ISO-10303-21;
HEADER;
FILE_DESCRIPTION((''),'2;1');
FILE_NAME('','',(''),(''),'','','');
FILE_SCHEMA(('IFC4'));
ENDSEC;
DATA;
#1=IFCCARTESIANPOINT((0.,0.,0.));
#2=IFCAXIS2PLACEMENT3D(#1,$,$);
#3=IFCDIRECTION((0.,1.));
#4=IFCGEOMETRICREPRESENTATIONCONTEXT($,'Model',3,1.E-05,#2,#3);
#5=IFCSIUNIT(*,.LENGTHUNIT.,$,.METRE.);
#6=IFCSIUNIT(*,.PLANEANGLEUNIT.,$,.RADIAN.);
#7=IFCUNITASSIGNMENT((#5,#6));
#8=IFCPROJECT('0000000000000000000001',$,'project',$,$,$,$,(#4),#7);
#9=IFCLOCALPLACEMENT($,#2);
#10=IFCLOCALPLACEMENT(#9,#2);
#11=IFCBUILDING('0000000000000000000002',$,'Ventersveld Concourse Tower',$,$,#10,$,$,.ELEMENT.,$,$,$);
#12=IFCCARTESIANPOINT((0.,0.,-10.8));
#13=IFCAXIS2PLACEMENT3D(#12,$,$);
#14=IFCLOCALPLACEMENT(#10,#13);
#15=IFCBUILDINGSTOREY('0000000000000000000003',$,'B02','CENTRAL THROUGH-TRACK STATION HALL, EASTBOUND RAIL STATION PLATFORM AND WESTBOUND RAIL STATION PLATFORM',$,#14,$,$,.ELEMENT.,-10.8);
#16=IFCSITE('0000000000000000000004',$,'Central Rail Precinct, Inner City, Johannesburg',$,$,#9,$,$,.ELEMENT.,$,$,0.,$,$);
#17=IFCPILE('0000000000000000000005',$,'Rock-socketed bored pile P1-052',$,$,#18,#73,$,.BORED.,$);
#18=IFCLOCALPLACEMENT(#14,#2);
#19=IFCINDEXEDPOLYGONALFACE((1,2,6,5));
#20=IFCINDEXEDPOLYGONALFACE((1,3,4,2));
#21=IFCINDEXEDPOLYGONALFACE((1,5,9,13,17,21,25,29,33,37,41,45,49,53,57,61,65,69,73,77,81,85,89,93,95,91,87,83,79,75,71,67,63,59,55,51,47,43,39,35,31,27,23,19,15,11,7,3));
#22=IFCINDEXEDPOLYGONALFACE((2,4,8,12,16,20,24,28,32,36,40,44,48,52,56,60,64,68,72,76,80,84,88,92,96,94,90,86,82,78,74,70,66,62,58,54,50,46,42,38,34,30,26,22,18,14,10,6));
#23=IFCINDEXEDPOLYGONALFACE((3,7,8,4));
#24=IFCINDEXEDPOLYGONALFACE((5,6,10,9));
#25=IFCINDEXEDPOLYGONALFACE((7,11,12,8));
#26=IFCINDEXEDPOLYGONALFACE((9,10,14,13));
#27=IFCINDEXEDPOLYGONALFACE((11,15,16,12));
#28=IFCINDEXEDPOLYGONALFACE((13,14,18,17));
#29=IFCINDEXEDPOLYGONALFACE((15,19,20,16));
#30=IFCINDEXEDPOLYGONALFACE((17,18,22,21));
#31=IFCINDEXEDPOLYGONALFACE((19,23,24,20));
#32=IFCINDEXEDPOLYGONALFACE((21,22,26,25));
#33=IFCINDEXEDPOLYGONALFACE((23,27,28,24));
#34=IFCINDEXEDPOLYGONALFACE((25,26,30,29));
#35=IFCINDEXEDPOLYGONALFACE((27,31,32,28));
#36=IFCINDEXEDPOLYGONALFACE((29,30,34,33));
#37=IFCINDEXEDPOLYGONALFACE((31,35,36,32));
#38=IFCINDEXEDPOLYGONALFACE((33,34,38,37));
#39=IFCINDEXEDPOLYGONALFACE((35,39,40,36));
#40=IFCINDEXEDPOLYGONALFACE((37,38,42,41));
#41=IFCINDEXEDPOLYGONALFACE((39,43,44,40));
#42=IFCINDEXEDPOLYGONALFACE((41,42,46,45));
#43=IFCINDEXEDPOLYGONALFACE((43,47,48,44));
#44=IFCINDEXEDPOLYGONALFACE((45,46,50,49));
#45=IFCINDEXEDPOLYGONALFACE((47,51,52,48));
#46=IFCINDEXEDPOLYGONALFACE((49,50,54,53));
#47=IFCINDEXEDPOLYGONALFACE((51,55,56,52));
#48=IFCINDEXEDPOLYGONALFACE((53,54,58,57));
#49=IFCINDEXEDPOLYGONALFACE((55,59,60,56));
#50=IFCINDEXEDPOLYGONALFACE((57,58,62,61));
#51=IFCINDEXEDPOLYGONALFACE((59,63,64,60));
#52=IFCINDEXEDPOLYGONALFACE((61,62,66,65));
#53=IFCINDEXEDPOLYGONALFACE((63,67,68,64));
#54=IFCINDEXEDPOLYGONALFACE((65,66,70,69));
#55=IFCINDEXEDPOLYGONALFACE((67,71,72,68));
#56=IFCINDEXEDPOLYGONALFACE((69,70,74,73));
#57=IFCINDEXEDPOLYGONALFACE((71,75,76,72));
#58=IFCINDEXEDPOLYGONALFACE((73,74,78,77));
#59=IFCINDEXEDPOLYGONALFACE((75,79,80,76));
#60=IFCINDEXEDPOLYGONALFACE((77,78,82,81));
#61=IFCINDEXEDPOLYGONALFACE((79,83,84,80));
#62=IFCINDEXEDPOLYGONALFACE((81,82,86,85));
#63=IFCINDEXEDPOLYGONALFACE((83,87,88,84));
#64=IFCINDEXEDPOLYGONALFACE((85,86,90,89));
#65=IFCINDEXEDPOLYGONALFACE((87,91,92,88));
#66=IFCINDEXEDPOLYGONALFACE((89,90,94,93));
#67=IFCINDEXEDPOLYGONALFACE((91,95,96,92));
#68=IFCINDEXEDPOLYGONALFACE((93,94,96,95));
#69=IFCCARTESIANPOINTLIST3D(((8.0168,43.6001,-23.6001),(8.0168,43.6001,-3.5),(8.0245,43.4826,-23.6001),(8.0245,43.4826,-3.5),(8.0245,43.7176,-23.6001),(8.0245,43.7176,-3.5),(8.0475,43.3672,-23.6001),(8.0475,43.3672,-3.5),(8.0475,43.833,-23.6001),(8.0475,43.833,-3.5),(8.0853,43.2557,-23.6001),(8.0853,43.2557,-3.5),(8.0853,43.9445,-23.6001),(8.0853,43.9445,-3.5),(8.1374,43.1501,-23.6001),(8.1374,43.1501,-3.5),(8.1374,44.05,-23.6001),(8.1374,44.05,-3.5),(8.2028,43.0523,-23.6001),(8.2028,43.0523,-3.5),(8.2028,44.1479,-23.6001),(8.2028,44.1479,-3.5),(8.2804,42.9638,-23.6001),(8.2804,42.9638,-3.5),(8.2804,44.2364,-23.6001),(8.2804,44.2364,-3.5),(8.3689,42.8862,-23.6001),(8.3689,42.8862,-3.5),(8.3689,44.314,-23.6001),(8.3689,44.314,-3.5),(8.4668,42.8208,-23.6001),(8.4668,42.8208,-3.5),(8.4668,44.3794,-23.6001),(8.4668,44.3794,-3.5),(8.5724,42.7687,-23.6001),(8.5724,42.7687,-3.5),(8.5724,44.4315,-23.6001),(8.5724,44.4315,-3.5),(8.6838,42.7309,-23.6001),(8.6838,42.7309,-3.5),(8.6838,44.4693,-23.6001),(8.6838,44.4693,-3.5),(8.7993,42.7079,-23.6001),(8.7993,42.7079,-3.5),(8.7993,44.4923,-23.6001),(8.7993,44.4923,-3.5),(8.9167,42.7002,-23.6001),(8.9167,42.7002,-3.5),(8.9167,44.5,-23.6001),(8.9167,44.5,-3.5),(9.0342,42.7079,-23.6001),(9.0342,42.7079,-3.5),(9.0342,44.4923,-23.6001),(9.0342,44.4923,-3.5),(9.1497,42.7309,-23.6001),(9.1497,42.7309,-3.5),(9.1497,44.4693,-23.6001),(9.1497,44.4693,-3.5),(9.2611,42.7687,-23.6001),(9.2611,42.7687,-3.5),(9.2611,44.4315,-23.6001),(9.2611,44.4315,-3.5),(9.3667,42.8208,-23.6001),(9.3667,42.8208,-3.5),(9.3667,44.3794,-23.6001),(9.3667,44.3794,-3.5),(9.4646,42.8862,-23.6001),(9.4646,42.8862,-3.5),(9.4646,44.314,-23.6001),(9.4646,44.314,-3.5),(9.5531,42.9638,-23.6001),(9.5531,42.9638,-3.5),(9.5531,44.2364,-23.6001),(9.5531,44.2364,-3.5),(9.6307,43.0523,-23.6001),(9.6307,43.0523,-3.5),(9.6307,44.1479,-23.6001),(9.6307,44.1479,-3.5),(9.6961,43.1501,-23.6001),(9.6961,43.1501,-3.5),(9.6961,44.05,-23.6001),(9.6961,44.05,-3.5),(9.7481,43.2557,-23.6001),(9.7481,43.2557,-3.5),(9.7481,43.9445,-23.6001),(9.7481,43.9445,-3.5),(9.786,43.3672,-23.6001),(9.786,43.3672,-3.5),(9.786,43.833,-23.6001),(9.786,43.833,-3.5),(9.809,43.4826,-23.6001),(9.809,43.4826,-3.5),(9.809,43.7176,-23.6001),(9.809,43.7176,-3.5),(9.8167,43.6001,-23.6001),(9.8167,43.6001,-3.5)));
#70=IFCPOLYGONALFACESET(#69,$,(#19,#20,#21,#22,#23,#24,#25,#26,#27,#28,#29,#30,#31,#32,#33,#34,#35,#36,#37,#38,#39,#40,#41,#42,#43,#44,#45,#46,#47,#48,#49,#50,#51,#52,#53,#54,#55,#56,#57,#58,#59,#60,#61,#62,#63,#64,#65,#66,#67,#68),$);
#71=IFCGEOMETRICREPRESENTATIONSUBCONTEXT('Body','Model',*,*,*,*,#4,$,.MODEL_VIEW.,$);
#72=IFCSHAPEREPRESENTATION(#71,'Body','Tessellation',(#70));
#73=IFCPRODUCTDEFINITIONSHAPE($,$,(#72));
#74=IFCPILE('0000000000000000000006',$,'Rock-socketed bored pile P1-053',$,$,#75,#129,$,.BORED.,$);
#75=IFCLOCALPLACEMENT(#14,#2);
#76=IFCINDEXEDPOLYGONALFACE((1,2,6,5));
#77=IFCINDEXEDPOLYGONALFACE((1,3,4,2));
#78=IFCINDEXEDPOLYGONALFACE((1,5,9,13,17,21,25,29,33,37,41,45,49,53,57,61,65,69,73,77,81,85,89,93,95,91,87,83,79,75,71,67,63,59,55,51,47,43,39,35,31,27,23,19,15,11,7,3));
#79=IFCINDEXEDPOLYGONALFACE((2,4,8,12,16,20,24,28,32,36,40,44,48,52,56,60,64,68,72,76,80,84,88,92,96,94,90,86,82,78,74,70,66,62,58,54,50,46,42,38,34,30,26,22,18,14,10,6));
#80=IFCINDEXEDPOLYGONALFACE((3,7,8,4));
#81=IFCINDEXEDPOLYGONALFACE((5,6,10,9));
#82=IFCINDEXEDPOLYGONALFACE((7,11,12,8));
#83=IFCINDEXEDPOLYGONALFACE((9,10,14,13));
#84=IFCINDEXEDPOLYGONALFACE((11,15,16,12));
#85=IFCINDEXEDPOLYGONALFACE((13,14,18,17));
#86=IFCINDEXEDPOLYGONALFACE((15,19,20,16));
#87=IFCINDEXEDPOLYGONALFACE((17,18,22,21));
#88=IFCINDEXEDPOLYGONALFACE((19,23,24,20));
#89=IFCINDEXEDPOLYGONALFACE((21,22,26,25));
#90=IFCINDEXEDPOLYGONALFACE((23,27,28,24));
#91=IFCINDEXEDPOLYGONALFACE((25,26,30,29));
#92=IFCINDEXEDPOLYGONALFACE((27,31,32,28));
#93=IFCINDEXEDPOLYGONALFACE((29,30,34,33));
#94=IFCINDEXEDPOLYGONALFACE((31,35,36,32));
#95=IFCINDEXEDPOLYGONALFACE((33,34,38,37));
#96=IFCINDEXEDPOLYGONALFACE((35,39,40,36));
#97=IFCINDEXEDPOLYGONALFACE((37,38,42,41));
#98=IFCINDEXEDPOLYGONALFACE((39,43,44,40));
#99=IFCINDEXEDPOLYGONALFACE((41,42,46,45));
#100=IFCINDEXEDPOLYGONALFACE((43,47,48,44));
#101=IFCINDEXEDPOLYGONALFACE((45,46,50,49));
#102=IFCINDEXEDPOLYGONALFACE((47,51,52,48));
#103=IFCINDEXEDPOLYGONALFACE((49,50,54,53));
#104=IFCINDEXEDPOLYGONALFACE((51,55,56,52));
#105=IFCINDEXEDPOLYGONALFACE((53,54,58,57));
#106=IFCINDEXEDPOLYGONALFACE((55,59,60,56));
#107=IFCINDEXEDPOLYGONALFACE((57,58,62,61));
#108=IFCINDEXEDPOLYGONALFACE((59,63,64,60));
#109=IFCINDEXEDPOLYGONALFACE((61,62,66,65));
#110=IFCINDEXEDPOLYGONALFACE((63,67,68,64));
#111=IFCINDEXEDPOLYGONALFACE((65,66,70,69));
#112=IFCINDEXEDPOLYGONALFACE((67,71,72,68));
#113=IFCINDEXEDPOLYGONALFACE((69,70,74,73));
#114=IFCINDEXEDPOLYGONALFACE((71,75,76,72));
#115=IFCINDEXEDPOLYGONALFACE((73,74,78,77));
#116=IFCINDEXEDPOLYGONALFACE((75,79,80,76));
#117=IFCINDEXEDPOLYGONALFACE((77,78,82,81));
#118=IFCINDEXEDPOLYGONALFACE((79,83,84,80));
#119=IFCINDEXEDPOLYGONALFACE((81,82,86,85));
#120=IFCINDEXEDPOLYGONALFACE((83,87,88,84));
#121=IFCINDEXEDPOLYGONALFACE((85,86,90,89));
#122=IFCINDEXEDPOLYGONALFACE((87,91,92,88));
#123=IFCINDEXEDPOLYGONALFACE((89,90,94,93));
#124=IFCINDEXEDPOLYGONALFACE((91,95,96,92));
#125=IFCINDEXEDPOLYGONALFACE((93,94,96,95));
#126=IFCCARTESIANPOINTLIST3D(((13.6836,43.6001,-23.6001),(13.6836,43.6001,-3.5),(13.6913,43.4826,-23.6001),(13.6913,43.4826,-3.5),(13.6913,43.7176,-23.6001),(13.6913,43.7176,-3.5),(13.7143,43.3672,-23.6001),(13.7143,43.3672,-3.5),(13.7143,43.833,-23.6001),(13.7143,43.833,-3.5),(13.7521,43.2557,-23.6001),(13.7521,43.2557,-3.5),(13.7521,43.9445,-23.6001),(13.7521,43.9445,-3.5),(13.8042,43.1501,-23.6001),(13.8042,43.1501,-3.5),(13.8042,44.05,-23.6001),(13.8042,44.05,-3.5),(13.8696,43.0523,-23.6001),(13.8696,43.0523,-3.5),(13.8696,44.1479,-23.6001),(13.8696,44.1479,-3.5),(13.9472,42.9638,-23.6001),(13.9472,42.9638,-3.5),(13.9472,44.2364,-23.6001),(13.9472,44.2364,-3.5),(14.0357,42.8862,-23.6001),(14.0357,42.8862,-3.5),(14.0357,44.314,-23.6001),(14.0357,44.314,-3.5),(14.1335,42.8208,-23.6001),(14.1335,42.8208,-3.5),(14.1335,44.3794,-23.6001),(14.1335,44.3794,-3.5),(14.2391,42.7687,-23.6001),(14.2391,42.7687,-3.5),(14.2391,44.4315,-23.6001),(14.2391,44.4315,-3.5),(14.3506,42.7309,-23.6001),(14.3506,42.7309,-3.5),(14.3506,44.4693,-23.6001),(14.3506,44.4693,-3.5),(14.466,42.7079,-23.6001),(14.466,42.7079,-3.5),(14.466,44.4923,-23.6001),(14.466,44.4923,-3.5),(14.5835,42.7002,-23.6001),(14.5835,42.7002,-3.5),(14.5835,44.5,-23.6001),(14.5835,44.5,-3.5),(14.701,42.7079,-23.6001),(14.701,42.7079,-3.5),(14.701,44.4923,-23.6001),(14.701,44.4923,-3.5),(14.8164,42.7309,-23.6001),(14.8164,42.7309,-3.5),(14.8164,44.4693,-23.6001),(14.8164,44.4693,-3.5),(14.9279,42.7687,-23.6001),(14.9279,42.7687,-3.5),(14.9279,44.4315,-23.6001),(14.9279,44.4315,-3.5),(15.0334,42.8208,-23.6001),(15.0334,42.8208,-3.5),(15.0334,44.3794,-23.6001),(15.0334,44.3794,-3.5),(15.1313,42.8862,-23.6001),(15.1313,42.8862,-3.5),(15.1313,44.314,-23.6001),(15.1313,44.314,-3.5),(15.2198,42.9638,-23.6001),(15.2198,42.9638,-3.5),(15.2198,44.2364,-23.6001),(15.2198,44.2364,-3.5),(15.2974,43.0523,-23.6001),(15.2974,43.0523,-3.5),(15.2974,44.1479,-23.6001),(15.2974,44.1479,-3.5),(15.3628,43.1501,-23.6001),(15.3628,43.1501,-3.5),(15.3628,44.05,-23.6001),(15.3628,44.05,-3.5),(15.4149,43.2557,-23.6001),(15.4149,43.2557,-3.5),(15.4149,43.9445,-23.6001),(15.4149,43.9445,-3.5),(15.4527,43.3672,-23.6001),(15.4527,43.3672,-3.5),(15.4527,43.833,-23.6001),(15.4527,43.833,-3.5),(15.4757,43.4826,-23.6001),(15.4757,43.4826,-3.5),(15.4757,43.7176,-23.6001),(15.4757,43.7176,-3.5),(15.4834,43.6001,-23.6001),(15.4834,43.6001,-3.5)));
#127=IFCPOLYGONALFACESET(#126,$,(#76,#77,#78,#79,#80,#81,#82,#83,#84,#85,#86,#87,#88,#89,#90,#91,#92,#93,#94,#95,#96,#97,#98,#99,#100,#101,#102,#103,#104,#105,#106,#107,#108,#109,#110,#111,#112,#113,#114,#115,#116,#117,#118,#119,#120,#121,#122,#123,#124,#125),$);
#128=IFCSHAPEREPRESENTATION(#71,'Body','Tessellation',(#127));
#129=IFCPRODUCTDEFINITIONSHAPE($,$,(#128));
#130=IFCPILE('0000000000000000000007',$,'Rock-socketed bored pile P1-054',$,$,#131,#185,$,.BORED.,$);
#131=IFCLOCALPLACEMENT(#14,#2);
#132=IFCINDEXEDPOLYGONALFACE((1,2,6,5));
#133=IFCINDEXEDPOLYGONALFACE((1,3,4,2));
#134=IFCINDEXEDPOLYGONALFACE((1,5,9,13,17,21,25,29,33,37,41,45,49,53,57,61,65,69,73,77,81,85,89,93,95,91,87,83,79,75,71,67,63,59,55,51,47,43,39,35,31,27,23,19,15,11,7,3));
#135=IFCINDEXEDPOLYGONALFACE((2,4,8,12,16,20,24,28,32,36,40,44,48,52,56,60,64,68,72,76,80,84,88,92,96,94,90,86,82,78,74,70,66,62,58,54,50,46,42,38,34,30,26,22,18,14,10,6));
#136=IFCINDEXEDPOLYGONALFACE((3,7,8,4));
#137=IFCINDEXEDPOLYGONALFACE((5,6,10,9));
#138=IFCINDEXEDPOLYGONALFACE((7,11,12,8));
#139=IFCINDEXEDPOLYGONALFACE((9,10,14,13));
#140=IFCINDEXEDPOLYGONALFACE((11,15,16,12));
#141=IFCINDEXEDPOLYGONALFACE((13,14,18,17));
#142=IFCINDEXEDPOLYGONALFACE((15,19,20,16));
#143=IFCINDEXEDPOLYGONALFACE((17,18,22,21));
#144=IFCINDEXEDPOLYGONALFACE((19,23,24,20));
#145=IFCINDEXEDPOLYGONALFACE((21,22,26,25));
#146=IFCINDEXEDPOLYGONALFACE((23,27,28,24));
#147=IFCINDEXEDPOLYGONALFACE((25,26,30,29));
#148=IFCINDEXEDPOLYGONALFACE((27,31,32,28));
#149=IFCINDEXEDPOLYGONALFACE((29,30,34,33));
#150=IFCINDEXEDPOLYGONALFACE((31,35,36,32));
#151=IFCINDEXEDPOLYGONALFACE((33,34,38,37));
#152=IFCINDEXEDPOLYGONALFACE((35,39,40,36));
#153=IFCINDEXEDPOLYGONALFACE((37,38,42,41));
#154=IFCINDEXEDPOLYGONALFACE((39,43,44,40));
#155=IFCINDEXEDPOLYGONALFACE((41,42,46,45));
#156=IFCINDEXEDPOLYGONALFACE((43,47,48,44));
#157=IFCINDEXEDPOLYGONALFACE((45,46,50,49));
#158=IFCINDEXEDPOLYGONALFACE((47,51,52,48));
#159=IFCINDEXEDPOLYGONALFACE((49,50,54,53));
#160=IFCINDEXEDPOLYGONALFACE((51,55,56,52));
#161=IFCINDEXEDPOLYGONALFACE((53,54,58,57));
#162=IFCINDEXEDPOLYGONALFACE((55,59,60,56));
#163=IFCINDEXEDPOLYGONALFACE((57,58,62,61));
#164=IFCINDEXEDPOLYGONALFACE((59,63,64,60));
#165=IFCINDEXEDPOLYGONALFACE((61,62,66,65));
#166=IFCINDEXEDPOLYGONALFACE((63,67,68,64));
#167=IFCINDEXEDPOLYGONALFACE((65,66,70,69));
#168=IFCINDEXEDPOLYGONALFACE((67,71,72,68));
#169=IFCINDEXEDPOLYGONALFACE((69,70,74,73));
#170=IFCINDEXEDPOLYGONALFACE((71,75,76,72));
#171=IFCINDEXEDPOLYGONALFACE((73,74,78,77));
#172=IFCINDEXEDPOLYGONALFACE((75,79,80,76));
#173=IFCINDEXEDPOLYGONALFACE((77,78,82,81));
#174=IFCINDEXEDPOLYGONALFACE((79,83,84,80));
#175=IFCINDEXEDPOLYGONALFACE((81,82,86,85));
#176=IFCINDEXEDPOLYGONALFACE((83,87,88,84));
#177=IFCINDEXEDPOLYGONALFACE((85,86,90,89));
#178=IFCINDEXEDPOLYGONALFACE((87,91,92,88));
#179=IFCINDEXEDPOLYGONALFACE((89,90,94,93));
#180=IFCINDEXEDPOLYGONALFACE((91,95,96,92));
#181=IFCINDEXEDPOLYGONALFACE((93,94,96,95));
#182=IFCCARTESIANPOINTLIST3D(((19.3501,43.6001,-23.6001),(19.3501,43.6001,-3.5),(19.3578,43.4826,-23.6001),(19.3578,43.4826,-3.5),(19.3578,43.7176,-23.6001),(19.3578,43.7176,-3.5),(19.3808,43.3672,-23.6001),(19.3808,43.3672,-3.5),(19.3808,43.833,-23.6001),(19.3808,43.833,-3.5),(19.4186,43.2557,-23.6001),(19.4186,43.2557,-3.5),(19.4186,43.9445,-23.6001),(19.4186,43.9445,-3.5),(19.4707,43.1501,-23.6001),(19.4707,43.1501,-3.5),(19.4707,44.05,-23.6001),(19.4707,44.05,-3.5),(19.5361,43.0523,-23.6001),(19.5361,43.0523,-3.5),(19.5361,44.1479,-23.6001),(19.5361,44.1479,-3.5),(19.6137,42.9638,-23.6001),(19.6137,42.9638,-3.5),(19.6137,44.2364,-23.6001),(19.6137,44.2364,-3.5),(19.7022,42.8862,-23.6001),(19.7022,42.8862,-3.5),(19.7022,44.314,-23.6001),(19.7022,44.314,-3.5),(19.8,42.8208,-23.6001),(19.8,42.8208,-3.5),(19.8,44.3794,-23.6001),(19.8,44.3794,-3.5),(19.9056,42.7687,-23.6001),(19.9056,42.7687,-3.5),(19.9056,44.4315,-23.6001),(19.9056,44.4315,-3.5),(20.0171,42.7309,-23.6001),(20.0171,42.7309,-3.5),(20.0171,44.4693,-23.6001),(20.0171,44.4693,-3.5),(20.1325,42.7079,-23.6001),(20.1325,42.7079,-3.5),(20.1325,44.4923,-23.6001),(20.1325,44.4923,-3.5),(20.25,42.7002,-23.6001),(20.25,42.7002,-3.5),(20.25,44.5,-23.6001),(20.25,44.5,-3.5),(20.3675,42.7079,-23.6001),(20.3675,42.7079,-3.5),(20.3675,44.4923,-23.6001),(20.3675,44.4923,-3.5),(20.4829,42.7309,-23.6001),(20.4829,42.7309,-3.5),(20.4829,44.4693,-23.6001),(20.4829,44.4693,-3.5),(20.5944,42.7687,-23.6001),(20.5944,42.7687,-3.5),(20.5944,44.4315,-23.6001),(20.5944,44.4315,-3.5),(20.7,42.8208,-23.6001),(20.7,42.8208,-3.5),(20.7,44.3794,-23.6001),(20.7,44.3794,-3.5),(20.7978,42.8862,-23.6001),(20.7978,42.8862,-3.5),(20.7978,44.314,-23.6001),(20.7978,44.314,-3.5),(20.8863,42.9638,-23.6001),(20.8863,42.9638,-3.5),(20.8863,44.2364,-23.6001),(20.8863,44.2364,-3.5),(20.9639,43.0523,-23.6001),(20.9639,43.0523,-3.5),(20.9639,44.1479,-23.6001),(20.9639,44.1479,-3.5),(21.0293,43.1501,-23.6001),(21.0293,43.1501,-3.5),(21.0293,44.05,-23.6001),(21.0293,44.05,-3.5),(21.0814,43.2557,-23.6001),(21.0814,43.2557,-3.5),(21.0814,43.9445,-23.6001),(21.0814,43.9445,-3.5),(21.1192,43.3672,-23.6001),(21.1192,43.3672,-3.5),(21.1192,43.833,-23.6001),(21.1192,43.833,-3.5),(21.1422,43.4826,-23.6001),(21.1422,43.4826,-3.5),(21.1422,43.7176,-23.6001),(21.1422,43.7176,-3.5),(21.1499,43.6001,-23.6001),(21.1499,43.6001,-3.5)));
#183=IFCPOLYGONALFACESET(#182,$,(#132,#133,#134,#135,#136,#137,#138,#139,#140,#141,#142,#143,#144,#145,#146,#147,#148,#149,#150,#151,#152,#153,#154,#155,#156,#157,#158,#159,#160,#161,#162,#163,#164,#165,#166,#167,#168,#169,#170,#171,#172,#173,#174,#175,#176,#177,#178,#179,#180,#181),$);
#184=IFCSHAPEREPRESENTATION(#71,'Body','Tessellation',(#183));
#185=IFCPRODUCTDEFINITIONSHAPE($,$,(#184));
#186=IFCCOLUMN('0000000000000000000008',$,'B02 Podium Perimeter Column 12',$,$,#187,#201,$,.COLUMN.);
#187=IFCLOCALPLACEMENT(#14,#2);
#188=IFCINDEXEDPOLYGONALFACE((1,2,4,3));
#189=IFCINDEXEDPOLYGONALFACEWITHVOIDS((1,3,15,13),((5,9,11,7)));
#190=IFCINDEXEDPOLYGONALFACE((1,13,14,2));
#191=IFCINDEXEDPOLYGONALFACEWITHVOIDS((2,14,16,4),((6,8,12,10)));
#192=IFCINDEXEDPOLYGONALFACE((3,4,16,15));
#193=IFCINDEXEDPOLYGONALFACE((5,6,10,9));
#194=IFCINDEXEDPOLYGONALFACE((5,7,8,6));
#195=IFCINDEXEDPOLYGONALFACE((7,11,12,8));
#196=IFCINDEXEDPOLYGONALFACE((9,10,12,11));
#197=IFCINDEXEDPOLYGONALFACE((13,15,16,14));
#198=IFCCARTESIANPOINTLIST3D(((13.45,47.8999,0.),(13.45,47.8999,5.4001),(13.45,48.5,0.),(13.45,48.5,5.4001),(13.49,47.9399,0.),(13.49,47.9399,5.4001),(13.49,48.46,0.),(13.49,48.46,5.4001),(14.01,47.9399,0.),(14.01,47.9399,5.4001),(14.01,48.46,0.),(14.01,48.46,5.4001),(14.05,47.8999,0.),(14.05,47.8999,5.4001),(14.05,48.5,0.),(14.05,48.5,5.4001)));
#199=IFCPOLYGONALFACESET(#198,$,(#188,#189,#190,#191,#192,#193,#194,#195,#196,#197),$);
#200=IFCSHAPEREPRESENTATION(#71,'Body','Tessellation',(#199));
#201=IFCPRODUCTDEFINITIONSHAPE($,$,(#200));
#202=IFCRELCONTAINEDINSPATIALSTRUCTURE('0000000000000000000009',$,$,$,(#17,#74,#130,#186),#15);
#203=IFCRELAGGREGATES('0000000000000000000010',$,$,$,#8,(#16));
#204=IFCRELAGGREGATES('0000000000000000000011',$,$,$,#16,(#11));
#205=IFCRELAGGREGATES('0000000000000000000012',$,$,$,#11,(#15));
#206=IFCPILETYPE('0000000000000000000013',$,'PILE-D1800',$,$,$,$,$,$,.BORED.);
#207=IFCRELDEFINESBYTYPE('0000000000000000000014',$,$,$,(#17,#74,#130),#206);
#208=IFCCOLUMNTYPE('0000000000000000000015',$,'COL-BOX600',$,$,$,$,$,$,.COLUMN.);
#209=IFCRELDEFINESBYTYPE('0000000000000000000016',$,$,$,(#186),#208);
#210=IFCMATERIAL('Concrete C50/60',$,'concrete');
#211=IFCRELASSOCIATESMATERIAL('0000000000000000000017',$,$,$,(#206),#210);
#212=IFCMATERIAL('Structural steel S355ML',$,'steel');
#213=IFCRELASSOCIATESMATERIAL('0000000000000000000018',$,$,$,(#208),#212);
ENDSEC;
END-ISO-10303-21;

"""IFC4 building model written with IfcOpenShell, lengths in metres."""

from ifc_helpers import new_model, si_unit, direction, frame, origin, origin_2d, place, context, subcontext, project, spatial, hollow_rectangle, circle, extrude, material, material_profile, profile_set, type_object, element, save


model = new_model("IFC4")

# Units and contexts
model_context = context("Model", 3, precision=1e-05, world=origin(), true_north=direction((0.0, 1.0)))
body_context = subcontext(model_context, "Body", "Model", "MODEL_VIEW")
ifc_project = project(units=[si_unit("LENGTHUNIT", "METRE"), si_unit("PLANEANGLEUNIT", "RADIAN")], contexts=[model_context])

# Site, building, storey
site_placement = place(None, origin())
site = spatial("IfcSite", under=ifc_project, at=site_placement, Name="Central Rail Precinct, Inner City, Johannesburg", CompositionType="ELEMENT", RefElevation=0.0)
building_placement = place(site_placement, origin())
building = spatial("IfcBuilding", under=site, at=building_placement, Name="Ventersveld Concourse Tower", CompositionType="ELEMENT")
storey_placement = place(building_placement, frame((0.0, 0.0, -10.8)))
storey = spatial("IfcBuildingStorey", under=building, at=storey_placement, Name="B02", Description="CENTRAL THROUGH-TRACK STATION HALL, EASTBOUND RAIL STATION PLATFORM AND WESTBOUND RAIL STATION PLATFORM", CompositionType="ELEMENT", Elevation=-10.8)

# Piles
ifc_material_1 = material(Name="Concrete C50/60", Category="concrete")
ifc_material_profile_1 = material_profile(ifc_material_1, circle(Radius=0.8999, at=origin_2d()), Name="PILE D1800")
ifc_profile_set_1 = profile_set([ifc_material_profile_1], Name="Concrete C50/60")
pile_type = type_object("IfcPileType", Name="PILE-D1800", PredefinedType="BORED", material=ifc_profile_set_1)
for number, where, z_axis, x_axis, name in (
    (1, (8.9167, 43.6001, -3.5), (0.0, 0.0, -1.0), (1.0, 0.0, 0.0), "Rock-socketed bored pile P1-052"),
    (2, (14.5835, 43.6001, -3.5), (0.0, 0.0, -1.0), (1.0, 0.0, 0.0), "Rock-socketed bored pile P1-053"),
    (3, (20.25, 43.6001, -3.5), (0.0, 0.0, -1.0), (1.0, 0.0, 0.0), "Rock-socketed bored pile P1-054"),
):
    element("IfcPile", number, at=place(storey_placement, frame(where, z_axis=z_axis, x_axis=x_axis)), inside=storey, type_object=pile_type, Name=name, PredefinedType="BORED", context=body_context, shape_type="SweptSolid", body=[
        extrude(circle(Radius=0.8999, at=origin_2d()), origin(), (0.0, 0.0, 1.0), 20.1001),
    ])

# Column
ifc_material_2 = material(Name="Structural steel S355ML", Category="steel")
ifc_material_profile_2 = material_profile(ifc_material_2, hollow_rectangle(XDim=0.6001, YDim=0.6001, WallThickness=0.04, at=origin_2d()), Name="BOX 600x600x40")
ifc_profile_set_2 = profile_set([ifc_material_profile_2], Name="Structural steel S355ML")
column_type_1 = type_object("IfcColumnType", Name="COL-BOX600", PredefinedType="COLUMN", material=ifc_profile_set_2)
column_placement = place(storey_placement, frame((13.75, 48.2, 0.0), z_axis=(0.0, 0.0, 1.0), x_axis=(1.0, 0.0, 0.0)))
element("IfcColumn", 4, at=column_placement, inside=storey, type_object=column_type_1, Name="B02 Podium Perimeter Column 12", PredefinedType="COLUMN", context=body_context, shape_type="SweptSolid", body=[
    extrude(hollow_rectangle(XDim=0.6001, YDim=0.6001, WallThickness=0.04, at=origin_2d()), origin(), (0.0, 0.0, 1.0), 5.4001),
])

save(model, "model.ifc")
